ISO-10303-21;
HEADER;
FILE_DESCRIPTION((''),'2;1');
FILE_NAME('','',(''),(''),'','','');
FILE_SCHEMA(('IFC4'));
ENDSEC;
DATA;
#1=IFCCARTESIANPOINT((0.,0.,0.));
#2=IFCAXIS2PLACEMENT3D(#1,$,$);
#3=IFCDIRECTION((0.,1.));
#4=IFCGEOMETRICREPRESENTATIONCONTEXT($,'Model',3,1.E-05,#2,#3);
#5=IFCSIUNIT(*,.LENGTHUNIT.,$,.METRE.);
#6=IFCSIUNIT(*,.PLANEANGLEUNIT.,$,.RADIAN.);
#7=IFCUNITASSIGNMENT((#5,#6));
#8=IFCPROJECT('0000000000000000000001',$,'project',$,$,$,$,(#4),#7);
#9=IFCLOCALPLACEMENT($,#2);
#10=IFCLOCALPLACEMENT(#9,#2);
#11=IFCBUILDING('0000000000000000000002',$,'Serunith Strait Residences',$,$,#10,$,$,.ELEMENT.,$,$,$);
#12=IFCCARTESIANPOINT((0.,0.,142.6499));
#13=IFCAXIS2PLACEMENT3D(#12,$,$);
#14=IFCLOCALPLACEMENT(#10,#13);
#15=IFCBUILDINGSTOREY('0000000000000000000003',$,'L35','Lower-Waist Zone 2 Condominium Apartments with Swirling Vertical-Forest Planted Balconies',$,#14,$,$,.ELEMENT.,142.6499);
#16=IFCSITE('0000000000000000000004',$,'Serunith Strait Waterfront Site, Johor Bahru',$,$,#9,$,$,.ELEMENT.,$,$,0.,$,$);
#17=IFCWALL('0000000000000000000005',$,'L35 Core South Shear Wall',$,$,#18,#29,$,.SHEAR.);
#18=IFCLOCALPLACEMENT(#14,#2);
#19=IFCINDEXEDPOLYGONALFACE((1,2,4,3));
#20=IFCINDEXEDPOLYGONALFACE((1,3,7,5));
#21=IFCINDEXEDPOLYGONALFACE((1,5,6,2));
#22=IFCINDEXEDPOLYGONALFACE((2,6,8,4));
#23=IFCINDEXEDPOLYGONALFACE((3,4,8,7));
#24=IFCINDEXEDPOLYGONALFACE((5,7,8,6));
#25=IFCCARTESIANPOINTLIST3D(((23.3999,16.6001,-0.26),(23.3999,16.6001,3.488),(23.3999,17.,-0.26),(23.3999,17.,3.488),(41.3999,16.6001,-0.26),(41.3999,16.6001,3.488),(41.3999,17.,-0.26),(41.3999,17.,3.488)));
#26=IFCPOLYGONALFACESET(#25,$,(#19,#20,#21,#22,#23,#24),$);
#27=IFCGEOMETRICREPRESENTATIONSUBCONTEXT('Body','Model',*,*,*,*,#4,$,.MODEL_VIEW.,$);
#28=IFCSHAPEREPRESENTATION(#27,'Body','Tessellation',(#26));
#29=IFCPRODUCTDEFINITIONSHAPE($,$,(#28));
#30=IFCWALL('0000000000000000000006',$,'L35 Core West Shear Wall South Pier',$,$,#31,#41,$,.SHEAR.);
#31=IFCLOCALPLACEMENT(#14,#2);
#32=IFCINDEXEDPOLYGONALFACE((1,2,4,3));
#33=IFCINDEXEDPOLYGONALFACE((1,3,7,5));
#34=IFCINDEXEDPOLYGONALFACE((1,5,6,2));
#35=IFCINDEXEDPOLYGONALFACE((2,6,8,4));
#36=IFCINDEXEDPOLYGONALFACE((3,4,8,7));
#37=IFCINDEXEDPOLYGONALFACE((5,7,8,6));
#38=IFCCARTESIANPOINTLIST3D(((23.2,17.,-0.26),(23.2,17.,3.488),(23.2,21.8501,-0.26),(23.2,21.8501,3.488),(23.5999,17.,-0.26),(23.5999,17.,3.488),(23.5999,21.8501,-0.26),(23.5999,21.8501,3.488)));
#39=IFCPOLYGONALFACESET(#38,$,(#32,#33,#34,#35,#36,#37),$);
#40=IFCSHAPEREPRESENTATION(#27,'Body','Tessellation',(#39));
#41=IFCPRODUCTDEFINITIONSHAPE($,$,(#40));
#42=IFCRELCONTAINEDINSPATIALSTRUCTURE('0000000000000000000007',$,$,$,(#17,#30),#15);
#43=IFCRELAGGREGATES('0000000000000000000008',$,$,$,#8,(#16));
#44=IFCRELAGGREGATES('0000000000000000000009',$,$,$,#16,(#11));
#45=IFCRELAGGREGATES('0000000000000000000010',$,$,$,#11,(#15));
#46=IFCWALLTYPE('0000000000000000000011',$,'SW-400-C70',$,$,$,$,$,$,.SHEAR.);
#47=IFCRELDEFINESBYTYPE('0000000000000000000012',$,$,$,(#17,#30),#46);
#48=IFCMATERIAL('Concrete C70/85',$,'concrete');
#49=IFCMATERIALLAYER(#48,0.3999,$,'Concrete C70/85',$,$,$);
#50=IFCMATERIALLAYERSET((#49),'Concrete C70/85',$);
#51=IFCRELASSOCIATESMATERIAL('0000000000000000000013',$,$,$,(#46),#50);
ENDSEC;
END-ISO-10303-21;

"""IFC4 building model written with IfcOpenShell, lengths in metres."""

from ifc_helpers import new_model, si_unit, direction, frame, frame_2d, origin, place, context, subcontext, project, spatial, rectangle, extrude, material, layer, layer_set, type_object, element, save


model = new_model("IFC4")

# Units and contexts
model_context = context("Model", 3, precision=1e-05, world=origin(), true_north=direction((0.0, 1.0)))
body_context = subcontext(model_context, "Body", "Model", "MODEL_VIEW")
ifc_project = project(units=[si_unit("LENGTHUNIT", "METRE"), si_unit("PLANEANGLEUNIT", "RADIAN")], contexts=[model_context])

# Site, building, storey
site_placement = place(None, origin())
site = spatial("IfcSite", under=ifc_project, at=site_placement, Name="Serunith Strait Waterfront Site, Johor Bahru", CompositionType="ELEMENT", RefElevation=0.0)
building_placement = place(site_placement, origin())
building = spatial("IfcBuilding", under=site, at=building_placement, Name="Serunith Strait Residences", CompositionType="ELEMENT")
storey_placement = place(building_placement, frame((0.0, 0.0, 142.6499)))
storey = spatial("IfcBuildingStorey", under=building, at=storey_placement, Name="L35", Description="Lower-Waist Zone 2 Condominium Apartments with Swirling Vertical-Forest Planted Balconies", CompositionType="ELEMENT", Elevation=142.6499)

# Walls
ifc_material_1 = material(Name="Concrete C70/85", Category="concrete")
ifc_layer_1 = layer(ifc_material_1, 0.3999, Name="Concrete C70/85")
ifc_layer_set_1 = layer_set([ifc_layer_1], Name="Concrete C70/85")
wall_type_1 = type_object("IfcWallType", Name="SW-400-C70", PredefinedType="SHEAR", material=ifc_layer_set_1)
wall_1_placement = place(storey_placement, frame((23.3999, 16.8, -0.26), z_axis=(0.0, 0.0, 1.0), x_axis=(1.0, 0.0, 0.0)))
element("IfcWall", 1, at=wall_1_placement, inside=storey, type_object=wall_type_1, Name="L35 Core South Shear Wall", PredefinedType="SHEAR", context=body_context, shape_type="SweptSolid", body=[
    extrude(rectangle(XDim=18.0, YDim=0.3999, at=frame_2d((9.0, 0.0))), origin(), (0.0, 0.0, 1.0), 3.748),
])
wall_2_placement = place(storey_placement, frame((23.3999, 17.0, -0.26), z_axis=(0.0, 0.0, 1.0), x_axis=(0.0, 1.0, 0.0)))
element("IfcWall", 2, at=wall_2_placement, inside=storey, type_object=wall_type_1, Name="L35 Core West Shear Wall South Pier", PredefinedType="SHEAR", context=body_context, shape_type="SweptSolid", body=[
    extrude(rectangle(XDim=4.8501, YDim=0.3999, at=frame_2d((2.425, 0.0))), origin(), (0.0, 0.0, 1.0), 3.748),
])

save(model, "model.ifc")
